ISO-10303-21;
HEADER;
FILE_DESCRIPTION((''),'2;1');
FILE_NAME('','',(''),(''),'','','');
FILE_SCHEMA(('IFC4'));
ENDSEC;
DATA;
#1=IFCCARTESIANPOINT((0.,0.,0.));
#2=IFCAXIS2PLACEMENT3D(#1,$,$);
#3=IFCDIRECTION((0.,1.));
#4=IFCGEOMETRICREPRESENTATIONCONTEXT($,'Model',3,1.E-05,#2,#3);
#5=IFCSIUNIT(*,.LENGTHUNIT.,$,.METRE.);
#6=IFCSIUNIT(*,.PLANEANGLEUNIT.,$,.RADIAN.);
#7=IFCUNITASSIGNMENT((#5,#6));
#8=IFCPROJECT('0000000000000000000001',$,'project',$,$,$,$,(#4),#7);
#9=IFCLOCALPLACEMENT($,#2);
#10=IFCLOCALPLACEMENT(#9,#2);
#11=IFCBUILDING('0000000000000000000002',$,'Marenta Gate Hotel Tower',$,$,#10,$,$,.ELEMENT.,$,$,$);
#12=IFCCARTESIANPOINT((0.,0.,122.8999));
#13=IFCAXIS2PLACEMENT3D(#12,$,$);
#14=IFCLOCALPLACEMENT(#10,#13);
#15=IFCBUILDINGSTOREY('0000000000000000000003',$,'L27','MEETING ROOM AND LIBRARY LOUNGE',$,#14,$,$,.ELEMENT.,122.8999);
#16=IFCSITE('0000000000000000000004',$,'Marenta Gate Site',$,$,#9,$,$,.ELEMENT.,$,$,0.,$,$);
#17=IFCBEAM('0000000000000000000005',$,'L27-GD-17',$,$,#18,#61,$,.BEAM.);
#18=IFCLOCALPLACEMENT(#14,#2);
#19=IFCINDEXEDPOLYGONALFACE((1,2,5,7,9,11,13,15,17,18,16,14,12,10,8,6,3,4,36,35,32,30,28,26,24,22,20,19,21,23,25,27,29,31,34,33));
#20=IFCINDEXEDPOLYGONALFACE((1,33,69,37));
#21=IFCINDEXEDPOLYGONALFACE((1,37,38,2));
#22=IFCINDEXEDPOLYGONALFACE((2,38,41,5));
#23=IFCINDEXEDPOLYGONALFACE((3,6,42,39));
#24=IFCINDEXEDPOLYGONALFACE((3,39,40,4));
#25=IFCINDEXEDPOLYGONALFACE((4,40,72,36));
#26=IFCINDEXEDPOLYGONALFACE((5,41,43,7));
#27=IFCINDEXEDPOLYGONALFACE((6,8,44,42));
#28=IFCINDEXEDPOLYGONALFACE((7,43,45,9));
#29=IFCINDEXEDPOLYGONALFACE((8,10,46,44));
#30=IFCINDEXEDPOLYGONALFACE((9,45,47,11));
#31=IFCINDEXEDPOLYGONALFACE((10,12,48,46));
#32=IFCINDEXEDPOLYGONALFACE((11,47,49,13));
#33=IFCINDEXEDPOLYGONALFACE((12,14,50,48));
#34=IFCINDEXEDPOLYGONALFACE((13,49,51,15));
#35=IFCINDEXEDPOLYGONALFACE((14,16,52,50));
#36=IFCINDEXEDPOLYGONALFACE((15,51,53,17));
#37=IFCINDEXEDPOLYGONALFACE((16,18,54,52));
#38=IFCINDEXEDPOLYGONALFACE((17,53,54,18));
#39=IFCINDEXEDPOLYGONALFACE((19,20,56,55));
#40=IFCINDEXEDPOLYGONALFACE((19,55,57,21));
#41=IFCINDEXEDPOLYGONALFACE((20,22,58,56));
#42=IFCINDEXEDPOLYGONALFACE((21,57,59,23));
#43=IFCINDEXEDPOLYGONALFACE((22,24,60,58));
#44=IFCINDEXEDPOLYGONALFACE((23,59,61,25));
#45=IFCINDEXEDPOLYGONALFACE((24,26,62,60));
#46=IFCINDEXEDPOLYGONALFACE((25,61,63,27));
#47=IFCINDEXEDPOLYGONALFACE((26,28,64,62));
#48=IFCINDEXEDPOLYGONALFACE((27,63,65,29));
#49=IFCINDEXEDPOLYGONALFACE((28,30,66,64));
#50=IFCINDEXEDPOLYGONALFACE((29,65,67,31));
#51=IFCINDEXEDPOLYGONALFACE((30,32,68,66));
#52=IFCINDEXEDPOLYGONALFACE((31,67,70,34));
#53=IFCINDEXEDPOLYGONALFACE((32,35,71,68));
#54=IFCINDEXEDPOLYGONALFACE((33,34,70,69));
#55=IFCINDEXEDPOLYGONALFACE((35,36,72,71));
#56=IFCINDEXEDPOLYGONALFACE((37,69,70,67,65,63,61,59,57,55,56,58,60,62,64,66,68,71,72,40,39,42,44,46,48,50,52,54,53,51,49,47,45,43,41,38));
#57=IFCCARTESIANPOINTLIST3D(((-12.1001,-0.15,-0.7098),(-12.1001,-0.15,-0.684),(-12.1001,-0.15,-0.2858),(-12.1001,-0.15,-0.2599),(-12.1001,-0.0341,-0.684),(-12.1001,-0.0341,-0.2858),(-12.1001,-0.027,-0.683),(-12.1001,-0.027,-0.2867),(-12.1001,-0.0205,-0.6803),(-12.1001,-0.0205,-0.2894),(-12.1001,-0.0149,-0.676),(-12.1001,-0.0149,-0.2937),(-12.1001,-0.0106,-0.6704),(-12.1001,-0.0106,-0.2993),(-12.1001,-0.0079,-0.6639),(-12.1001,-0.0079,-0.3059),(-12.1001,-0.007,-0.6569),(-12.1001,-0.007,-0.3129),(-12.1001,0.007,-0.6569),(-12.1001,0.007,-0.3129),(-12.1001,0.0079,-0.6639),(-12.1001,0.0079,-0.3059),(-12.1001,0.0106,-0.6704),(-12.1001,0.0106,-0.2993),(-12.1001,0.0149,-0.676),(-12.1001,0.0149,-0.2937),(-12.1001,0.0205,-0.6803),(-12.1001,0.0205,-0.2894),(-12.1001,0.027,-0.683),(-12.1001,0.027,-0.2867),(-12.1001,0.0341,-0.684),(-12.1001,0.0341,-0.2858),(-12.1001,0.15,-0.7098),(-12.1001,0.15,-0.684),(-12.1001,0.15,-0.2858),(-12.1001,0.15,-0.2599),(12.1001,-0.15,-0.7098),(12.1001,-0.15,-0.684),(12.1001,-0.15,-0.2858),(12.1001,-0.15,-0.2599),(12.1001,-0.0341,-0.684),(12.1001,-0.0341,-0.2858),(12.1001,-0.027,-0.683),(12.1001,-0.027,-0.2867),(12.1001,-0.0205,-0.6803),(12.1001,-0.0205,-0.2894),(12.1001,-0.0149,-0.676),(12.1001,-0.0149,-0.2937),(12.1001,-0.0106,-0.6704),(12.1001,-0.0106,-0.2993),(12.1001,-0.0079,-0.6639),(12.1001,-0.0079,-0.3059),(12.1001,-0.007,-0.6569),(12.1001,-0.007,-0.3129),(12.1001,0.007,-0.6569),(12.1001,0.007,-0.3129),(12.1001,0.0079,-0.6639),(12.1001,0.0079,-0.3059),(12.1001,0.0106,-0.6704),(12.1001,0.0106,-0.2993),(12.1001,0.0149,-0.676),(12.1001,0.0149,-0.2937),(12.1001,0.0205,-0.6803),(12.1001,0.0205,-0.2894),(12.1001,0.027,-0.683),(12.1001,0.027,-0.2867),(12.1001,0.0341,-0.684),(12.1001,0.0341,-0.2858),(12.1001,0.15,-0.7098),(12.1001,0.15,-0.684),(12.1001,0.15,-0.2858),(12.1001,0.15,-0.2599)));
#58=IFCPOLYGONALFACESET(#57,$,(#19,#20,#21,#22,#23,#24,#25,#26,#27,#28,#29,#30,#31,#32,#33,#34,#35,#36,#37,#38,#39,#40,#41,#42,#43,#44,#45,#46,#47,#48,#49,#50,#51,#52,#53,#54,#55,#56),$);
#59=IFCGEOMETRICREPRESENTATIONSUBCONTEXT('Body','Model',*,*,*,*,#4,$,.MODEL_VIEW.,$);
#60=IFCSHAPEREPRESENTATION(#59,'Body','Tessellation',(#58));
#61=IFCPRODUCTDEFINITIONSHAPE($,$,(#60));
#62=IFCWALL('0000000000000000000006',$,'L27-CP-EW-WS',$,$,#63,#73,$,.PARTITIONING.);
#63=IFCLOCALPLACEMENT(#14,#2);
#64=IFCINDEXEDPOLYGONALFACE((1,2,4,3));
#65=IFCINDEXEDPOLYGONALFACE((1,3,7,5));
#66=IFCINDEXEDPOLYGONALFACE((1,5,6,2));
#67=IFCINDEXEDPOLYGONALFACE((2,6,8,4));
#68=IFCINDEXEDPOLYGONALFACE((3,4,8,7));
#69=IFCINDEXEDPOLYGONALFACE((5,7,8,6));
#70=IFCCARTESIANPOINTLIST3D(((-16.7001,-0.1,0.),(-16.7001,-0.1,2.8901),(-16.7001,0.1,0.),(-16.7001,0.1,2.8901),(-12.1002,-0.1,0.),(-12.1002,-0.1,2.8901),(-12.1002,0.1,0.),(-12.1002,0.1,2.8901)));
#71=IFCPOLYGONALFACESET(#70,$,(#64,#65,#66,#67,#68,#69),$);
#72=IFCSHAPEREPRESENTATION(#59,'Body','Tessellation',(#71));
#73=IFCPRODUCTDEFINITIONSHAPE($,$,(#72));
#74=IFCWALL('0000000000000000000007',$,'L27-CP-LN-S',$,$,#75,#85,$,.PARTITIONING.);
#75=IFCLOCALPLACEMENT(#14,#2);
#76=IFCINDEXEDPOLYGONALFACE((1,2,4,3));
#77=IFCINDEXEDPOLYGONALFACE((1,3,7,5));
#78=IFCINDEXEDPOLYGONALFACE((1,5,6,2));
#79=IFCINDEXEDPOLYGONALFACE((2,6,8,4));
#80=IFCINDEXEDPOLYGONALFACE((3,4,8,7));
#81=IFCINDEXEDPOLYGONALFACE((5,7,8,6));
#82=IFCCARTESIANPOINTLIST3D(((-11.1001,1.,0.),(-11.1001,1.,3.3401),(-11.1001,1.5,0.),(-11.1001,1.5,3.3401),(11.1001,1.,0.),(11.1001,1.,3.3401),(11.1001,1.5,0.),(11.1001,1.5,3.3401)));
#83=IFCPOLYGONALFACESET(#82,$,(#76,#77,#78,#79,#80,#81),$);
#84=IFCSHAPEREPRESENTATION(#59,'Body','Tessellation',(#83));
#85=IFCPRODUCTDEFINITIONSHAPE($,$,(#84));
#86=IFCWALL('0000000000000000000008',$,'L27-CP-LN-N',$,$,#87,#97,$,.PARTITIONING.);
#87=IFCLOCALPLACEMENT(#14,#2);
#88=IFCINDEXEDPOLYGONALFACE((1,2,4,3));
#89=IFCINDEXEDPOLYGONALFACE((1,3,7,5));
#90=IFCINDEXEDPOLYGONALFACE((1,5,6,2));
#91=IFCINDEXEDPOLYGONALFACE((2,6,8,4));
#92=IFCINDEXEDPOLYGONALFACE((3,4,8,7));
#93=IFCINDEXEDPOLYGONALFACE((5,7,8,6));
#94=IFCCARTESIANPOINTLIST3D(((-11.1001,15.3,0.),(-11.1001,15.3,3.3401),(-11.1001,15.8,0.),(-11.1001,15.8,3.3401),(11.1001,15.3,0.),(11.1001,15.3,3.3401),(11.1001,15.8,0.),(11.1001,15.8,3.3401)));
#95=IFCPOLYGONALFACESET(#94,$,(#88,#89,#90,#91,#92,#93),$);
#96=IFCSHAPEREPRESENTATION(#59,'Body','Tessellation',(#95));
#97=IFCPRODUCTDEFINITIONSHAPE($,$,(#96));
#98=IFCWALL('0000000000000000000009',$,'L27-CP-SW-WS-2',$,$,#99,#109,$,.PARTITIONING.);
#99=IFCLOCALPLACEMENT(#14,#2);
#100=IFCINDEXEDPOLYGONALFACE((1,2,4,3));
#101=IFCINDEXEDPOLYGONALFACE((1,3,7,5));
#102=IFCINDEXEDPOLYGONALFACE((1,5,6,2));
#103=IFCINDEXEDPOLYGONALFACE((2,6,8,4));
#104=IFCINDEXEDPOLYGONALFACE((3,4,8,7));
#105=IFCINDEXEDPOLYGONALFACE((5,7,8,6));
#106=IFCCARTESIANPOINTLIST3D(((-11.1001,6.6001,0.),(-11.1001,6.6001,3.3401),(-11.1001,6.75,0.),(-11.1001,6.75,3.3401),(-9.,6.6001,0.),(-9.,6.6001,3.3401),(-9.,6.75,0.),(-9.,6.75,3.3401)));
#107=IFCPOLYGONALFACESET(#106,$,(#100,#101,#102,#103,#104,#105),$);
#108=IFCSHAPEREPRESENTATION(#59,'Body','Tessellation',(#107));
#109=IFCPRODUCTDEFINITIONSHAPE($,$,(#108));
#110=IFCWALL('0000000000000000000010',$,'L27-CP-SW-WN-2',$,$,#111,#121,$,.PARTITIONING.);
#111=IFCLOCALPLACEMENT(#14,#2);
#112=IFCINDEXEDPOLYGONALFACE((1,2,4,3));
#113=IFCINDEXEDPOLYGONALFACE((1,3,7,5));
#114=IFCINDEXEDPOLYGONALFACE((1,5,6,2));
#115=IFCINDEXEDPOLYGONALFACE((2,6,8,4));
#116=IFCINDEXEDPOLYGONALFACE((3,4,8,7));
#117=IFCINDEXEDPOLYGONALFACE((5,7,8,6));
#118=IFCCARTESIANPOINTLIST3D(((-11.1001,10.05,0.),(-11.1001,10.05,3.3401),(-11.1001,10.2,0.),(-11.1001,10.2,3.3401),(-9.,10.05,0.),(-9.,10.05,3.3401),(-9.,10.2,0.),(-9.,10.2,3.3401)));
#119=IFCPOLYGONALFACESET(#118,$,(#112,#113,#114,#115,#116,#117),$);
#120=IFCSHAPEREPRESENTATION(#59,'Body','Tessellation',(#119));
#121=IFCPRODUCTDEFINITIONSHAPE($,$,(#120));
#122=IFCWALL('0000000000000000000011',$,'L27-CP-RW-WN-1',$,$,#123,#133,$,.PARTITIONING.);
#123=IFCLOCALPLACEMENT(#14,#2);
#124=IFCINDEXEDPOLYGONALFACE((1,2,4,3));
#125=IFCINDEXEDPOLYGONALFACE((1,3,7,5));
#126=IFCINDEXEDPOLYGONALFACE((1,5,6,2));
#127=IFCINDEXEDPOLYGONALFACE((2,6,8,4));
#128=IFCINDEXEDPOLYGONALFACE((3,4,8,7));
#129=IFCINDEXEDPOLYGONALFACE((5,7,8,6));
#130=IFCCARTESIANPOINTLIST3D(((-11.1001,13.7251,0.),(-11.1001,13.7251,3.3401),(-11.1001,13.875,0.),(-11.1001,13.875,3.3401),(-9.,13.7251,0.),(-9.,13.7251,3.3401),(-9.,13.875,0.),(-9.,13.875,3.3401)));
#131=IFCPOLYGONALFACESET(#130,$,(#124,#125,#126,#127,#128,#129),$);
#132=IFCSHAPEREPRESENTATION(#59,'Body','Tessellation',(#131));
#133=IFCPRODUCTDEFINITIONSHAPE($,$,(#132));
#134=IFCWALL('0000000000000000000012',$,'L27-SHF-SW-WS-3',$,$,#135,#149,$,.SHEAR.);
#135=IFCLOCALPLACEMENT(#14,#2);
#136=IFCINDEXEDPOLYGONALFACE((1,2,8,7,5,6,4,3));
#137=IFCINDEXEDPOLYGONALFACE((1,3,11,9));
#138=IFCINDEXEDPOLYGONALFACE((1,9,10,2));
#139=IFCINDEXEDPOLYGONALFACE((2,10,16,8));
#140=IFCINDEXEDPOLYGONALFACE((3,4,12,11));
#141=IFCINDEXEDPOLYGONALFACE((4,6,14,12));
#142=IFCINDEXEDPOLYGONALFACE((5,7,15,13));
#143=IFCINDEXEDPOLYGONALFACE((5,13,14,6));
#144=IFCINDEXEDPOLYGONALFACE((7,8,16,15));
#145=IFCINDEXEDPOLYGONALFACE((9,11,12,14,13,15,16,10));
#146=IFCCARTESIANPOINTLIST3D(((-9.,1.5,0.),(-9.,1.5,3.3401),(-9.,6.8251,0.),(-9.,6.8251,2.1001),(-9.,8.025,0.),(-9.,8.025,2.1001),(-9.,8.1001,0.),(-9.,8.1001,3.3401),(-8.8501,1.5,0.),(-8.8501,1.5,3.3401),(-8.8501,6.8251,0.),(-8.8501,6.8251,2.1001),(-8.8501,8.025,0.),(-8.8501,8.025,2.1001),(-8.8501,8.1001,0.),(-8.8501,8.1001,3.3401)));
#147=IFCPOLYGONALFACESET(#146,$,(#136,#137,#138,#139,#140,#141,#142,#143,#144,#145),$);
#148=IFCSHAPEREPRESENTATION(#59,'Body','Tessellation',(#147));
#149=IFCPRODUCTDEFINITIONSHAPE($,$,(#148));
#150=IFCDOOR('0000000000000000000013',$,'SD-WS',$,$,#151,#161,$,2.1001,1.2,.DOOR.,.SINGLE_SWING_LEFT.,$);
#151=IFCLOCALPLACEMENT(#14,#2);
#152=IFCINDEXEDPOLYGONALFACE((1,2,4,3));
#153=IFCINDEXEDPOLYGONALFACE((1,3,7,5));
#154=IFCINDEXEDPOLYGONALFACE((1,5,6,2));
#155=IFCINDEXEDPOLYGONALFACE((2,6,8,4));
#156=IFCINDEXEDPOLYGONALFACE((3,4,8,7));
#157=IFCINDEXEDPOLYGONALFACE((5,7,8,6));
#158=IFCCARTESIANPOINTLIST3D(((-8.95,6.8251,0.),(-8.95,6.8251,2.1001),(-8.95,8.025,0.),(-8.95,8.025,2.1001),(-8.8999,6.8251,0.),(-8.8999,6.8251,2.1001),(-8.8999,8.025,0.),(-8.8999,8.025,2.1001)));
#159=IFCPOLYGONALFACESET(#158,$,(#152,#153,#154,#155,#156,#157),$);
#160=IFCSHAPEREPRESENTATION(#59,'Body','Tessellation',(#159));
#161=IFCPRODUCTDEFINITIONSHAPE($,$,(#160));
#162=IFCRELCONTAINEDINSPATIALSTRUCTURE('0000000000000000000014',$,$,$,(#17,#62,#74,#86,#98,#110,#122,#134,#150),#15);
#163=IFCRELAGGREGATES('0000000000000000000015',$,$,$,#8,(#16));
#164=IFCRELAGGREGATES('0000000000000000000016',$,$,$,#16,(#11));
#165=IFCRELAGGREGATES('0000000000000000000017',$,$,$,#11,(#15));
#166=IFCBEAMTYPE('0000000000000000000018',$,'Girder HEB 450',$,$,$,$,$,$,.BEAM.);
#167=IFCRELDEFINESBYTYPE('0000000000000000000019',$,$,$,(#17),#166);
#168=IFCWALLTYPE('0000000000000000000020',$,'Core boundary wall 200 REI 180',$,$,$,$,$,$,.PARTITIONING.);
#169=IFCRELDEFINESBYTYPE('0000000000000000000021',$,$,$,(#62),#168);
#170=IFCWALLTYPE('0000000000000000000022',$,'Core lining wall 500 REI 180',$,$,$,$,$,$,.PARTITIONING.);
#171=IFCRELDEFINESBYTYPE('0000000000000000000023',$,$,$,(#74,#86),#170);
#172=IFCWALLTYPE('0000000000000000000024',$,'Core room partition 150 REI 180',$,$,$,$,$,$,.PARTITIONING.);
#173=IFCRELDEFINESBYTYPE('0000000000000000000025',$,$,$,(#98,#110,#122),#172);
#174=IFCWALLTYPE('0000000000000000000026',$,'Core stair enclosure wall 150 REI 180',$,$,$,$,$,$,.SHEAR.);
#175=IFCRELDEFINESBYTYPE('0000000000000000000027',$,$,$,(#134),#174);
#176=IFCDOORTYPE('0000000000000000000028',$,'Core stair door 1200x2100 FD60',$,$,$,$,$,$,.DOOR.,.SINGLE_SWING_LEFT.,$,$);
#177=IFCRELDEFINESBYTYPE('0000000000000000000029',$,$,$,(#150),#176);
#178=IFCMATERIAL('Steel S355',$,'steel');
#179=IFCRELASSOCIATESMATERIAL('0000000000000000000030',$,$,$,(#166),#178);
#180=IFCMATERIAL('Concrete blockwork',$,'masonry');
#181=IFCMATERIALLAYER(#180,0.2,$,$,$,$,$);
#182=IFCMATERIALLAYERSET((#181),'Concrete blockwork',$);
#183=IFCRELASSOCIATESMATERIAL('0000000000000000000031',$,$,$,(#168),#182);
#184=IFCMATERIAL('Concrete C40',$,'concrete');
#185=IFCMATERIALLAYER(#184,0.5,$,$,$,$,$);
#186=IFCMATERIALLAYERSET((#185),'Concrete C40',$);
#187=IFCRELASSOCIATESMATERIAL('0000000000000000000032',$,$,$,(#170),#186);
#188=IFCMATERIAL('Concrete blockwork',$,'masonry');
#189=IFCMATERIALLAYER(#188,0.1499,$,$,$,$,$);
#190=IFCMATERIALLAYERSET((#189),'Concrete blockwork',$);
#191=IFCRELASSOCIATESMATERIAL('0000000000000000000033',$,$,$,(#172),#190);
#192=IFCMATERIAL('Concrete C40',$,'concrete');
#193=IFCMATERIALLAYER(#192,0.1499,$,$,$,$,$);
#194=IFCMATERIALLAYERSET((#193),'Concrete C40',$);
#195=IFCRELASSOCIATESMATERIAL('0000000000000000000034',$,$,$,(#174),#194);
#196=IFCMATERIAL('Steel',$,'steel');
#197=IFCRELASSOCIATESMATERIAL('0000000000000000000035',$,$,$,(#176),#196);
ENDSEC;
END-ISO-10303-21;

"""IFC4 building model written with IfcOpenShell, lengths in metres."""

from ifc_helpers import new_model, si_unit, direction, frame, frame_2d, origin, origin_2d, place, context, subcontext, project, spatial, rectangle, i_section, extrude, material, layer, layer_set, material_profile, profile_set, type_object, element, fill, save


model = new_model("IFC4")

# Units and contexts
model_context = context("Model", 3, precision=1e-05, world=origin(), true_north=direction((0.0, 1.0)))
body_context = subcontext(model_context, "Body", "Model", "MODEL_VIEW")
ifc_project = project(units=[si_unit("LENGTHUNIT", "METRE"), si_unit("PLANEANGLEUNIT", "RADIAN")], contexts=[model_context])

# Site, building, storey
site_placement = place(None, origin())
site = spatial("IfcSite", under=ifc_project, at=site_placement, Name="Marenta Gate Site", CompositionType="ELEMENT", RefElevation=0.0)
building_placement = place(site_placement, origin())
building = spatial("IfcBuilding", under=site, at=building_placement, Name="Marenta Gate Hotel Tower", CompositionType="ELEMENT")
storey_placement = place(building_placement, frame((0.0, 0.0, 122.8999)))
storey = spatial("IfcBuildingStorey", under=building, at=storey_placement, Name="L27", Description="MEETING ROOM AND LIBRARY LOUNGE", CompositionType="ELEMENT", Elevation=122.8999)

# Beam
ifc_material_1 = material(Name="Steel S355", Category="steel")
ifc_material_profile = material_profile(ifc_material_1, i_section(OverallWidth=0.3, OverallDepth=0.45, WebThickness=0.0139, FlangeThickness=0.0259, FilletRadius=0.0271, at=origin_2d()), Name="HEB 450")
ifc_profile_set = profile_set([ifc_material_profile], Name="Steel S355")
beam_type = type_object("IfcBeamType", Name="Girder HEB 450", PredefinedType="BEAM", material=ifc_profile_set)
beam_placement = place(storey_placement, frame((-12.1001, 0.0, -0.4849), z_axis=(1.0, 0.0, 0.0), x_axis=(0.0, 1.0, 0.0)))
element("IfcBeam", 1, at=beam_placement, inside=storey, type_object=beam_type, Name="L27-GD-17", PredefinedType="BEAM", context=body_context, shape_type="SweptSolid", body=[
    extrude(i_section(OverallWidth=0.3, OverallDepth=0.45, WebThickness=0.0139, FlangeThickness=0.0259, FilletRadius=0.0271, at=origin_2d()), origin(), (0.0, 0.0, 1.0), 24.2002),
])

# Walls
ifc_material_2 = material(Name="Concrete blockwork", Category="masonry")
ifc_layer_1 = layer(ifc_material_2, 0.2)
ifc_layer_set_1 = layer_set([ifc_layer_1], Name="Concrete blockwork")
wall_type_1 = type_object("IfcWallType", Name="Core boundary wall 200 REI 180", PredefinedType="PARTITIONING", material=ifc_layer_set_1)
wall_1_placement = place(storey_placement, frame((-16.7, 0.0, 0.0), z_axis=(0.0, 0.0, 1.0), x_axis=(1.0, 0.0, 0.0)))
element("IfcWall", 2, at=wall_1_placement, inside=storey, type_object=wall_type_1, Name="L27-CP-EW-WS", PredefinedType="PARTITIONING", context=body_context, shape_type="SweptSolid", body=[
    extrude(rectangle(XDim=4.5999, YDim=0.2, at=frame_2d((2.2998, 0.0))), origin(), (0.0, 0.0, 1.0), 2.8901),
])
ifc_material_3 = material(Name="Concrete C40", Category="concrete")
ifc_layer_2 = layer(ifc_material_3, 0.5)
ifc_layer_set_2 = layer_set([ifc_layer_2], Name="Concrete C40")
wall_type_2 = type_object("IfcWallType", Name="Core lining wall 500 REI 180", PredefinedType="PARTITIONING", material=ifc_layer_set_2)
for number, where, z_axis, x_axis, name in (
    (3, (-11.1001, 1.25, 0.0), (0.0, 0.0, 1.0), (1.0, 0.0, 0.0), "L27-CP-LN-S"),
    (4, (-11.1001, 15.55, 0.0), (0.0, 0.0, 1.0), (1.0, 0.0, 0.0), "L27-CP-LN-N"),
):
    element("IfcWall", number, at=place(storey_placement, frame(where, z_axis=z_axis, x_axis=x_axis)), inside=storey, type_object=wall_type_2, Name=name, PredefinedType="PARTITIONING", context=body_context, shape_type="SweptSolid", body=[
        extrude(rectangle(XDim=22.2002, YDim=0.5, at=frame_2d((11.1001, 0.0))), origin(), (0.0, 0.0, 1.0), 3.3401),
    ])
ifc_material_4 = material(Name="Concrete blockwork", Category="masonry")
ifc_layer_3 = layer(ifc_material_4, 0.1499)
ifc_layer_set_3 = layer_set([ifc_layer_3], Name="Concrete blockwork")
wall_type_3 = type_object("IfcWallType", Name="Core room partition 150 REI 180", PredefinedType="PARTITIONING", material=ifc_layer_set_3)
for number, where, z_axis, x_axis, name in (
    (5, (-11.1001, 6.675, 0.0), (0.0, 0.0, 1.0), (1.0, 0.0, 0.0), "L27-CP-SW-WS-2"),
    (6, (-11.1001, 10.125, 0.0), (0.0, 0.0, 1.0), (1.0, 0.0, 0.0), "L27-CP-SW-WN-2"),
    (7, (-11.1001, 13.8, 0.0), (0.0, 0.0, 1.0), (1.0, 0.0, 0.0), "L27-CP-RW-WN-1"),
):
    element("IfcWall", number, at=place(storey_placement, frame(where, z_axis=z_axis, x_axis=x_axis)), inside=storey, type_object=wall_type_3, Name=name, PredefinedType="PARTITIONING", context=body_context, shape_type="SweptSolid", body=[
        extrude(rectangle(XDim=2.1001, YDim=0.1499, at=frame_2d((1.05, 0.0))), origin(), (0.0, 0.0, 1.0), 3.3401),
    ])

# Wall, opening, door
ifc_material_5 = material(Name="Concrete C40", Category="concrete")
ifc_layer_4 = layer(ifc_material_5, 0.1499)
ifc_layer_set_4 = layer_set([ifc_layer_4], Name="Concrete C40")
wall_type_4 = type_object("IfcWallType", Name="Core stair enclosure wall 150 REI 180", PredefinedType="SHEAR", material=ifc_layer_set_4)
wall_2_placement = place(storey_placement, frame((-8.925, 1.5, 0.0), z_axis=(0.0, 0.0, 1.0), x_axis=(0.0, 1.0, 0.0)))
wall_2 = element("IfcWall", 8, at=wall_2_placement, inside=storey, type_object=wall_type_4, Name="L27-SHF-SW-WS-3", PredefinedType="SHEAR", context=body_context, shape_type="SweptSolid", body=[
    extrude(rectangle(XDim=6.6001, YDim=0.1499, at=frame_2d((3.3, 0.0))), origin(), (0.0, 0.0, 1.0), 3.3401),
])
opening_1_placement = place(wall_2_placement, frame((5.325, 0.0, 0.0)))
opening_1 = element("IfcOpeningElement", 9, at=opening_1_placement, cuts=wall_2, PredefinedType="OPENING", context=body_context, shape_type="SweptSolid", body=[
    extrude(rectangle(XDim=1.2, YDim=2.1001, at=frame_2d((0.6001, 1.05))), frame((0.0, 0.075, 0.0), z_axis=(0.0, -1.0, 0.0), x_axis=(1.0, 0.0, 0.0)), (0.0, 0.0, 1.0), 0.1499),
])
ifc_material_6 = material(Name="Steel", Category="steel")
door_type_1 = type_object("IfcDoorType", Name="Core stair door 1200x2100 FD60", OperationType="SINGLE_SWING_LEFT", PredefinedType="DOOR", material=ifc_material_6)
door_1_placement = place(opening_1_placement, origin())
door_1 = element("IfcDoor", 10, at=door_1_placement, inside=storey, type_object=door_type_1, Name="SD-WS", OperationType="SINGLE_SWING_LEFT", OverallHeight=2.1001, OverallWidth=1.2, PredefinedType="DOOR", context=body_context, shape_type="SweptSolid", body=[
    extrude(rectangle(XDim=1.2, YDim=2.1001, at=frame_2d((0.6001, 1.05))), frame((0.0, 0.0249, 0.0), z_axis=(0.0, -1.0, 0.0), x_axis=(1.0, 0.0, 0.0)), (0.0, 0.0, 1.0), 0.05),
])
fill(opening_1, door_1)

save(model, "model.ifc")
